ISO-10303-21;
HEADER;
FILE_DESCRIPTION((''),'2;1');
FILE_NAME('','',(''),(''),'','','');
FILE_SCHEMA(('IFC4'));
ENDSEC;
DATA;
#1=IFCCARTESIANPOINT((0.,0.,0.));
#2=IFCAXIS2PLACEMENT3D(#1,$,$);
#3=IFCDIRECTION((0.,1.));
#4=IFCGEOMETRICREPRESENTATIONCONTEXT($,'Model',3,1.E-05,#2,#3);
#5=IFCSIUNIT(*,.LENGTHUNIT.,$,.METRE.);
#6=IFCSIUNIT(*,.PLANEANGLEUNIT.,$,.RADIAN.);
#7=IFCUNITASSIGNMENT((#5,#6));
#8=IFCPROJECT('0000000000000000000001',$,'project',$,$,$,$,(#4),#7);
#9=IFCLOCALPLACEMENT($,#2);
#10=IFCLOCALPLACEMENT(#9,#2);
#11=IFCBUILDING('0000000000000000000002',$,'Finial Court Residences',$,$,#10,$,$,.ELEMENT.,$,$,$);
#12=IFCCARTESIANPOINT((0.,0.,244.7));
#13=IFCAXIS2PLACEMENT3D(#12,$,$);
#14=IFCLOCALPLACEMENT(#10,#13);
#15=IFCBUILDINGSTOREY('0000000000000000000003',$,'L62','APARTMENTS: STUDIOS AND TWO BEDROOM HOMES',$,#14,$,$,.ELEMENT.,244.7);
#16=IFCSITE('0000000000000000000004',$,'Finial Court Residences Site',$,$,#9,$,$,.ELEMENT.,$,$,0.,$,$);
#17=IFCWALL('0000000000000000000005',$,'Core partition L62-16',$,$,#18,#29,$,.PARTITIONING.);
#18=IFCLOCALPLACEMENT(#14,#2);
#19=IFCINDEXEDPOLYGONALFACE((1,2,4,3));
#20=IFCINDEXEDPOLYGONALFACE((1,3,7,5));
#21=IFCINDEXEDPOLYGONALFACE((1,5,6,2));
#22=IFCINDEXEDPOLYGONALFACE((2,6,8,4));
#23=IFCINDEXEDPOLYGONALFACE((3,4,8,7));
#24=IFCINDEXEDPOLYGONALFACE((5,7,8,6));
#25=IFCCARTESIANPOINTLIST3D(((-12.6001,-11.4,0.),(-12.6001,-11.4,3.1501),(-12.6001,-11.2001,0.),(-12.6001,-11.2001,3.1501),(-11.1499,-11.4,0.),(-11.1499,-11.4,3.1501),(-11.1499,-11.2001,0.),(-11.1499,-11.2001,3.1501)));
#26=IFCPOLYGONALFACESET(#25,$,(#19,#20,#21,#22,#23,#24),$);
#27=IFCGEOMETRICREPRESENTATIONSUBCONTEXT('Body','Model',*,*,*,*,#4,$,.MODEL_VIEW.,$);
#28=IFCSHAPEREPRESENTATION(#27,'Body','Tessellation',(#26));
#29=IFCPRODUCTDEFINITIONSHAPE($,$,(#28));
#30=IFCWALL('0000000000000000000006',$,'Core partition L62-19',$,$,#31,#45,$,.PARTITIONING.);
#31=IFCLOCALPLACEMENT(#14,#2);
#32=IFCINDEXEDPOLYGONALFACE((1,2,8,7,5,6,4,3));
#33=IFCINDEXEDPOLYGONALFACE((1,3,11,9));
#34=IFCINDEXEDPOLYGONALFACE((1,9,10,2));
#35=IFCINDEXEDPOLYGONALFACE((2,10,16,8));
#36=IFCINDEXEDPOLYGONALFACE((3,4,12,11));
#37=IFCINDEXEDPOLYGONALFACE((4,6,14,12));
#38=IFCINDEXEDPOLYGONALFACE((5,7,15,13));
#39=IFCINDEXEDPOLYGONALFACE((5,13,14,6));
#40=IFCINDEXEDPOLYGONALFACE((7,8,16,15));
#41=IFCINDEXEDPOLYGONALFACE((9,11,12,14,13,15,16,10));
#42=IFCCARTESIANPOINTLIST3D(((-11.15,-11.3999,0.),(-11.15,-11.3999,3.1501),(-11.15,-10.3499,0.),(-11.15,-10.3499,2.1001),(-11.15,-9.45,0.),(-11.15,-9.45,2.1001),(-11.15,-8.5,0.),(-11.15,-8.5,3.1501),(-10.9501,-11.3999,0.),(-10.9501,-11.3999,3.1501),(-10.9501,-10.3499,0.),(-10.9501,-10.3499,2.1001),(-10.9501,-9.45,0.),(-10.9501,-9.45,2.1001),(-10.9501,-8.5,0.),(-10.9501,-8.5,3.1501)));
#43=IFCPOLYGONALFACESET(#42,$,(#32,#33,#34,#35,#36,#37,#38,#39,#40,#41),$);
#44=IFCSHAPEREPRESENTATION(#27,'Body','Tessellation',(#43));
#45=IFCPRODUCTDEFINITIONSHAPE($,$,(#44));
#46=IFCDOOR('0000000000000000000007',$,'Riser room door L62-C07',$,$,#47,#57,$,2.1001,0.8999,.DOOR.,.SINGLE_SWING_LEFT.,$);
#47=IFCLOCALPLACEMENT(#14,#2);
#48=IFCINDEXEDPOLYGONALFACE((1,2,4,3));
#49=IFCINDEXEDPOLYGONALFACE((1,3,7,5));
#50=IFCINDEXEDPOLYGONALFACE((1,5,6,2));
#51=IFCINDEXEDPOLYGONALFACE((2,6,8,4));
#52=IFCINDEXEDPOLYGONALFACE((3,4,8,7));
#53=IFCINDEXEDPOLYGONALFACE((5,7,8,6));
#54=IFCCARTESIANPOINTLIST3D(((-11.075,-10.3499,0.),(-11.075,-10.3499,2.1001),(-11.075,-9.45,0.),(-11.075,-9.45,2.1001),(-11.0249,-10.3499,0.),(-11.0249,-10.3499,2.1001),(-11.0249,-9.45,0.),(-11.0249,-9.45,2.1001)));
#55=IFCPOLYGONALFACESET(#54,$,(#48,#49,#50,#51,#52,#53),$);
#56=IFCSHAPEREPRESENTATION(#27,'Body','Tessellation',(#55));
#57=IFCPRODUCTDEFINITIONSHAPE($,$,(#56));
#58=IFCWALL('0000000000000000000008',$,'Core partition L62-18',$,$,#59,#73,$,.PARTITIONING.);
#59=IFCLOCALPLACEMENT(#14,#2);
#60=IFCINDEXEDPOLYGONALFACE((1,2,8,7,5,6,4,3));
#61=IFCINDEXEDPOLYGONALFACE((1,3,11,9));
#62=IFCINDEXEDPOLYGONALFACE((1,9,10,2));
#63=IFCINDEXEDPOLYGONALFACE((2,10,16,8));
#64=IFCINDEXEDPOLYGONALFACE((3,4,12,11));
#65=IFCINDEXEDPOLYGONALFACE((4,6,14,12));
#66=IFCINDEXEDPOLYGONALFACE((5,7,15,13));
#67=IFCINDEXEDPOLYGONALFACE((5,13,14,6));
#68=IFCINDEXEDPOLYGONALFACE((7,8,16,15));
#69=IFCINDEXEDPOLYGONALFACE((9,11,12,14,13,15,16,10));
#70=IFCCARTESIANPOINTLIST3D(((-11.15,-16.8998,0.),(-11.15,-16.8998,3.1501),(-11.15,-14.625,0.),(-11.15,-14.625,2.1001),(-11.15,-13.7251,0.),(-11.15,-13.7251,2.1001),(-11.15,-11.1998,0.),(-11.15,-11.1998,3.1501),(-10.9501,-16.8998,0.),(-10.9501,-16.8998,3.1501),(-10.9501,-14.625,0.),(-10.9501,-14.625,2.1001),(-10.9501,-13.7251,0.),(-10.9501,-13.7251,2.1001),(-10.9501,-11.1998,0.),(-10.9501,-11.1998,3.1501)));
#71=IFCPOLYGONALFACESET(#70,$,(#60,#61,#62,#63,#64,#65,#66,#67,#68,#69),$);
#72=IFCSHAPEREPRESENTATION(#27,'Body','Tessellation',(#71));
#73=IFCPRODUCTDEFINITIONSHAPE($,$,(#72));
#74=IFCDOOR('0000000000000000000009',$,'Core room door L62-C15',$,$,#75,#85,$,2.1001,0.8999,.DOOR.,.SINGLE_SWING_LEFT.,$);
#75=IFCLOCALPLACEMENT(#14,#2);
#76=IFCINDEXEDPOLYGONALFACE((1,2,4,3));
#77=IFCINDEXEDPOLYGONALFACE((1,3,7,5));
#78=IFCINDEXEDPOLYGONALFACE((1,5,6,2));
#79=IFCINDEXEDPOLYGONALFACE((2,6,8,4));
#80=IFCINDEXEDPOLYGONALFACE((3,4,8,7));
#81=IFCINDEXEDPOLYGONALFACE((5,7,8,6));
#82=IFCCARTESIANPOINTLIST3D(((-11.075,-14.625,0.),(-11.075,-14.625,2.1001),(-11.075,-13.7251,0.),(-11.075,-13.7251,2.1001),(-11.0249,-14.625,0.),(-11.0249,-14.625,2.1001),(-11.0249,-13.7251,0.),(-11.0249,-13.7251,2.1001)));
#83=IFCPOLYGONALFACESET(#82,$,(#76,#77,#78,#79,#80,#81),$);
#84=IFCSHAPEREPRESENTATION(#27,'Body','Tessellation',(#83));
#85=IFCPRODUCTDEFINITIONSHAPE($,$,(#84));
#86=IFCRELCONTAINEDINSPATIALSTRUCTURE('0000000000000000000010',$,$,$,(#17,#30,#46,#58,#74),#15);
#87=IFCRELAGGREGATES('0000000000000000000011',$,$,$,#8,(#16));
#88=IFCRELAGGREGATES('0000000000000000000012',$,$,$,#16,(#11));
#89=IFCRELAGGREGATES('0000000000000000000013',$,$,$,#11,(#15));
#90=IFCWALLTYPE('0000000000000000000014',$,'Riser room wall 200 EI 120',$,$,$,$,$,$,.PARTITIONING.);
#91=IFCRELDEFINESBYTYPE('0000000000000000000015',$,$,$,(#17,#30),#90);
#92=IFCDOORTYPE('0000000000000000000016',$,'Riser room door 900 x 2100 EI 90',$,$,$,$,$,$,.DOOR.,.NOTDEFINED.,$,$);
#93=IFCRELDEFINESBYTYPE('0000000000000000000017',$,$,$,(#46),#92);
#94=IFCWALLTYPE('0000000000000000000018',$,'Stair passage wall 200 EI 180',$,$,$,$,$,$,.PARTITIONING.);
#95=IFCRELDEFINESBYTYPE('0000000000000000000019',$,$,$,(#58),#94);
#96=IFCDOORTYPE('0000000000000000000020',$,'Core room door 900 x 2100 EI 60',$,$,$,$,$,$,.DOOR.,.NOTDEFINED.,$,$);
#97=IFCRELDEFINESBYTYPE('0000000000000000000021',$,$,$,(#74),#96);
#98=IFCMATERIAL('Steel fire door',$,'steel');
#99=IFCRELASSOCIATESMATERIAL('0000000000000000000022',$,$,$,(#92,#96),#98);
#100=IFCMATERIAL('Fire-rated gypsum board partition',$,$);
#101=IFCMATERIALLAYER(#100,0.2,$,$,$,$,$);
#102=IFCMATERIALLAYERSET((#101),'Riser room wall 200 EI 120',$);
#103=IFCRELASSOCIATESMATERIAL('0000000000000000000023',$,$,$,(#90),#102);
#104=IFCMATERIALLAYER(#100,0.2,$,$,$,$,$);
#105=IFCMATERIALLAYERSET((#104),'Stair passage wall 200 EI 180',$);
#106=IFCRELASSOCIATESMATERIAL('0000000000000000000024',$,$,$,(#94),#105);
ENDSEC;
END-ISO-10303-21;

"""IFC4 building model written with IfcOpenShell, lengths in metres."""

from ifc_helpers import new_model, si_unit, direction, frame, frame_2d, origin, place, context, subcontext, project, spatial, rectangle, extrude, material, layer, layer_set, type_object, element, fill, save


model = new_model("IFC4")

# Units and contexts
model_context = context("Model", 3, precision=1e-05, world=origin(), true_north=direction((0.0, 1.0)))
body_context = subcontext(model_context, "Body", "Model", "MODEL_VIEW")
ifc_project = project(units=[si_unit("LENGTHUNIT", "METRE"), si_unit("PLANEANGLEUNIT", "RADIAN")], contexts=[model_context])

# Site, building, storey
site_placement = place(None, origin())
site = spatial("IfcSite", under=ifc_project, at=site_placement, Name="Finial Court Residences Site", CompositionType="ELEMENT", RefElevation=0.0)
building_placement = place(site_placement, origin())
building = spatial("IfcBuilding", under=site, at=building_placement, Name="Finial Court Residences", CompositionType="ELEMENT")
storey_placement = place(building_placement, frame((0.0, 0.0, 244.7)))
storey = spatial("IfcBuildingStorey", under=building, at=storey_placement, Name="L62", Description="APARTMENTS: STUDIOS AND TWO BEDROOM HOMES", CompositionType="ELEMENT", Elevation=244.7)

# Shared definitions
ifc_material_1 = material(Name="Steel fire door", Category="steel")
door_type_1 = type_object("IfcDoorType", Name="Riser room door 900 x 2100 EI 90", OperationType="NOTDEFINED", PredefinedType="DOOR", material=ifc_material_1)

# Wall
ifc_material_2 = material(Name="Fire-rated gypsum board partition")
ifc_layer_1 = layer(ifc_material_2, 0.2)
ifc_layer_set_1 = layer_set([ifc_layer_1], Name="Riser room wall 200 EI 120")
wall_type_1 = type_object("IfcWallType", Name="Riser room wall 200 EI 120", PredefinedType="PARTITIONING", material=ifc_layer_set_1)
wall_1_placement = place(storey_placement, frame((-12.6001, -11.3, 0.0), z_axis=(0.0, 0.0, 1.0), x_axis=(1.0, 0.0, 0.0)))
element("IfcWall", 1, at=wall_1_placement, inside=storey, type_object=wall_type_1, Name="Core partition L62-16", PredefinedType="PARTITIONING", context=body_context, shape_type="SweptSolid", body=[
    extrude(rectangle(XDim=1.4502, YDim=0.2, at=frame_2d((0.7251, 0.0))), origin(), (0.0, 0.0, 1.0), 3.1501),
])

# Walls, openings, doors
wall_2_placement = place(storey_placement, frame((-11.05, -11.3999, 0.0), z_axis=(0.0, 0.0, 1.0), x_axis=(0.0, 1.0, 0.0)))
wall_2 = element("IfcWall", 2, at=wall_2_placement, inside=storey, type_object=wall_type_1, Name="Core partition L62-19", PredefinedType="PARTITIONING", context=body_context, shape_type="SweptSolid", body=[
    extrude(rectangle(XDim=2.8999, YDim=0.2, at=frame_2d((1.45, 0.0))), origin(), (0.0, 0.0, 1.0), 3.1501),
])
opening_1_placement = place(wall_2_placement, frame((1.05, 0.0, 0.0)))
opening_1 = element("IfcOpeningElement", 3, at=opening_1_placement, cuts=wall_2, PredefinedType="OPENING", context=body_context, shape_type="SweptSolid", body=[
    extrude(rectangle(XDim=0.8999, YDim=2.1001, at=frame_2d((0.45, 1.05))), frame((0.0, 0.1099, 0.0), z_axis=(0.0, -1.0, 0.0), x_axis=(1.0, 0.0, 0.0)), (0.0, 0.0, 1.0), 0.22),
])
door_1_placement = place(opening_1_placement, origin())
door_1 = element("IfcDoor", 4, at=door_1_placement, inside=storey, type_object=door_type_1, Name="Riser room door L62-C07", OperationType="SINGLE_SWING_LEFT", OverallHeight=2.1001, OverallWidth=0.8999, PredefinedType="DOOR", context=body_context, shape_type="SweptSolid", body=[
    extrude(rectangle(XDim=0.8999, YDim=2.1001, at=frame_2d((0.45, 1.05))), frame((0.0, 0.0249, 0.0), z_axis=(0.0, -1.0, 0.0), x_axis=(1.0, 0.0, 0.0)), (0.0, 0.0, 1.0), 0.05),
])
fill(opening_1, door_1)
ifc_layer_2 = layer(ifc_material_2, 0.2)
ifc_layer_set_2 = layer_set([ifc_layer_2], Name="Stair passage wall 200 EI 180")
wall_type_2 = type_object("IfcWallType", Name="Stair passage wall 200 EI 180", PredefinedType="PARTITIONING", material=ifc_layer_set_2)
wall_3_placement = place(storey_placement, frame((-11.05, -16.8999, 0.0), z_axis=(0.0, 0.0, 1.0), x_axis=(0.0, 1.0, 0.0)))
wall_3 = element("IfcWall", 5, at=wall_3_placement, inside=storey, type_object=wall_type_2, Name="Core partition L62-18", PredefinedType="PARTITIONING", context=body_context, shape_type="SweptSolid", body=[
    extrude(rectangle(XDim=5.7, YDim=0.2, at=frame_2d((2.8501, 0.0))), origin(), (0.0, 0.0, 1.0), 3.1501),
])
opening_2_placement = place(wall_3_placement, frame((2.2749, 0.0, 0.0)))
opening_2 = element("IfcOpeningElement", 6, at=opening_2_placement, cuts=wall_3, PredefinedType="OPENING", context=body_context, shape_type="SweptSolid", body=[
    extrude(rectangle(XDim=0.8999, YDim=2.1001, at=frame_2d((0.45, 1.05))), frame((0.0, 0.1099, 0.0), z_axis=(0.0, -1.0, 0.0), x_axis=(1.0, 0.0, 0.0)), (0.0, 0.0, 1.0), 0.22),
])
door_type_2 = type_object("IfcDoorType", Name="Core room door 900 x 2100 EI 60", OperationType="NOTDEFINED", PredefinedType="DOOR", material=ifc_material_1)
door_2_placement = place(opening_2_placement, origin())
door_2 = element("IfcDoor", 7, at=door_2_placement, inside=storey, type_object=door_type_2, Name="Core room door L62-C15", OperationType="SINGLE_SWING_LEFT", OverallHeight=2.1001, OverallWidth=0.8999, PredefinedType="DOOR", context=body_context, shape_type="SweptSolid", body=[
    extrude(rectangle(XDim=0.8999, YDim=2.1001, at=frame_2d((0.45, 1.05))), frame((0.0, 0.0249, 0.0), z_axis=(0.0, -1.0, 0.0), x_axis=(1.0, 0.0, 0.0)), (0.0, 0.0, 1.0), 0.05),
])
fill(opening_2, door_2)

save(model, "model.ifc")
